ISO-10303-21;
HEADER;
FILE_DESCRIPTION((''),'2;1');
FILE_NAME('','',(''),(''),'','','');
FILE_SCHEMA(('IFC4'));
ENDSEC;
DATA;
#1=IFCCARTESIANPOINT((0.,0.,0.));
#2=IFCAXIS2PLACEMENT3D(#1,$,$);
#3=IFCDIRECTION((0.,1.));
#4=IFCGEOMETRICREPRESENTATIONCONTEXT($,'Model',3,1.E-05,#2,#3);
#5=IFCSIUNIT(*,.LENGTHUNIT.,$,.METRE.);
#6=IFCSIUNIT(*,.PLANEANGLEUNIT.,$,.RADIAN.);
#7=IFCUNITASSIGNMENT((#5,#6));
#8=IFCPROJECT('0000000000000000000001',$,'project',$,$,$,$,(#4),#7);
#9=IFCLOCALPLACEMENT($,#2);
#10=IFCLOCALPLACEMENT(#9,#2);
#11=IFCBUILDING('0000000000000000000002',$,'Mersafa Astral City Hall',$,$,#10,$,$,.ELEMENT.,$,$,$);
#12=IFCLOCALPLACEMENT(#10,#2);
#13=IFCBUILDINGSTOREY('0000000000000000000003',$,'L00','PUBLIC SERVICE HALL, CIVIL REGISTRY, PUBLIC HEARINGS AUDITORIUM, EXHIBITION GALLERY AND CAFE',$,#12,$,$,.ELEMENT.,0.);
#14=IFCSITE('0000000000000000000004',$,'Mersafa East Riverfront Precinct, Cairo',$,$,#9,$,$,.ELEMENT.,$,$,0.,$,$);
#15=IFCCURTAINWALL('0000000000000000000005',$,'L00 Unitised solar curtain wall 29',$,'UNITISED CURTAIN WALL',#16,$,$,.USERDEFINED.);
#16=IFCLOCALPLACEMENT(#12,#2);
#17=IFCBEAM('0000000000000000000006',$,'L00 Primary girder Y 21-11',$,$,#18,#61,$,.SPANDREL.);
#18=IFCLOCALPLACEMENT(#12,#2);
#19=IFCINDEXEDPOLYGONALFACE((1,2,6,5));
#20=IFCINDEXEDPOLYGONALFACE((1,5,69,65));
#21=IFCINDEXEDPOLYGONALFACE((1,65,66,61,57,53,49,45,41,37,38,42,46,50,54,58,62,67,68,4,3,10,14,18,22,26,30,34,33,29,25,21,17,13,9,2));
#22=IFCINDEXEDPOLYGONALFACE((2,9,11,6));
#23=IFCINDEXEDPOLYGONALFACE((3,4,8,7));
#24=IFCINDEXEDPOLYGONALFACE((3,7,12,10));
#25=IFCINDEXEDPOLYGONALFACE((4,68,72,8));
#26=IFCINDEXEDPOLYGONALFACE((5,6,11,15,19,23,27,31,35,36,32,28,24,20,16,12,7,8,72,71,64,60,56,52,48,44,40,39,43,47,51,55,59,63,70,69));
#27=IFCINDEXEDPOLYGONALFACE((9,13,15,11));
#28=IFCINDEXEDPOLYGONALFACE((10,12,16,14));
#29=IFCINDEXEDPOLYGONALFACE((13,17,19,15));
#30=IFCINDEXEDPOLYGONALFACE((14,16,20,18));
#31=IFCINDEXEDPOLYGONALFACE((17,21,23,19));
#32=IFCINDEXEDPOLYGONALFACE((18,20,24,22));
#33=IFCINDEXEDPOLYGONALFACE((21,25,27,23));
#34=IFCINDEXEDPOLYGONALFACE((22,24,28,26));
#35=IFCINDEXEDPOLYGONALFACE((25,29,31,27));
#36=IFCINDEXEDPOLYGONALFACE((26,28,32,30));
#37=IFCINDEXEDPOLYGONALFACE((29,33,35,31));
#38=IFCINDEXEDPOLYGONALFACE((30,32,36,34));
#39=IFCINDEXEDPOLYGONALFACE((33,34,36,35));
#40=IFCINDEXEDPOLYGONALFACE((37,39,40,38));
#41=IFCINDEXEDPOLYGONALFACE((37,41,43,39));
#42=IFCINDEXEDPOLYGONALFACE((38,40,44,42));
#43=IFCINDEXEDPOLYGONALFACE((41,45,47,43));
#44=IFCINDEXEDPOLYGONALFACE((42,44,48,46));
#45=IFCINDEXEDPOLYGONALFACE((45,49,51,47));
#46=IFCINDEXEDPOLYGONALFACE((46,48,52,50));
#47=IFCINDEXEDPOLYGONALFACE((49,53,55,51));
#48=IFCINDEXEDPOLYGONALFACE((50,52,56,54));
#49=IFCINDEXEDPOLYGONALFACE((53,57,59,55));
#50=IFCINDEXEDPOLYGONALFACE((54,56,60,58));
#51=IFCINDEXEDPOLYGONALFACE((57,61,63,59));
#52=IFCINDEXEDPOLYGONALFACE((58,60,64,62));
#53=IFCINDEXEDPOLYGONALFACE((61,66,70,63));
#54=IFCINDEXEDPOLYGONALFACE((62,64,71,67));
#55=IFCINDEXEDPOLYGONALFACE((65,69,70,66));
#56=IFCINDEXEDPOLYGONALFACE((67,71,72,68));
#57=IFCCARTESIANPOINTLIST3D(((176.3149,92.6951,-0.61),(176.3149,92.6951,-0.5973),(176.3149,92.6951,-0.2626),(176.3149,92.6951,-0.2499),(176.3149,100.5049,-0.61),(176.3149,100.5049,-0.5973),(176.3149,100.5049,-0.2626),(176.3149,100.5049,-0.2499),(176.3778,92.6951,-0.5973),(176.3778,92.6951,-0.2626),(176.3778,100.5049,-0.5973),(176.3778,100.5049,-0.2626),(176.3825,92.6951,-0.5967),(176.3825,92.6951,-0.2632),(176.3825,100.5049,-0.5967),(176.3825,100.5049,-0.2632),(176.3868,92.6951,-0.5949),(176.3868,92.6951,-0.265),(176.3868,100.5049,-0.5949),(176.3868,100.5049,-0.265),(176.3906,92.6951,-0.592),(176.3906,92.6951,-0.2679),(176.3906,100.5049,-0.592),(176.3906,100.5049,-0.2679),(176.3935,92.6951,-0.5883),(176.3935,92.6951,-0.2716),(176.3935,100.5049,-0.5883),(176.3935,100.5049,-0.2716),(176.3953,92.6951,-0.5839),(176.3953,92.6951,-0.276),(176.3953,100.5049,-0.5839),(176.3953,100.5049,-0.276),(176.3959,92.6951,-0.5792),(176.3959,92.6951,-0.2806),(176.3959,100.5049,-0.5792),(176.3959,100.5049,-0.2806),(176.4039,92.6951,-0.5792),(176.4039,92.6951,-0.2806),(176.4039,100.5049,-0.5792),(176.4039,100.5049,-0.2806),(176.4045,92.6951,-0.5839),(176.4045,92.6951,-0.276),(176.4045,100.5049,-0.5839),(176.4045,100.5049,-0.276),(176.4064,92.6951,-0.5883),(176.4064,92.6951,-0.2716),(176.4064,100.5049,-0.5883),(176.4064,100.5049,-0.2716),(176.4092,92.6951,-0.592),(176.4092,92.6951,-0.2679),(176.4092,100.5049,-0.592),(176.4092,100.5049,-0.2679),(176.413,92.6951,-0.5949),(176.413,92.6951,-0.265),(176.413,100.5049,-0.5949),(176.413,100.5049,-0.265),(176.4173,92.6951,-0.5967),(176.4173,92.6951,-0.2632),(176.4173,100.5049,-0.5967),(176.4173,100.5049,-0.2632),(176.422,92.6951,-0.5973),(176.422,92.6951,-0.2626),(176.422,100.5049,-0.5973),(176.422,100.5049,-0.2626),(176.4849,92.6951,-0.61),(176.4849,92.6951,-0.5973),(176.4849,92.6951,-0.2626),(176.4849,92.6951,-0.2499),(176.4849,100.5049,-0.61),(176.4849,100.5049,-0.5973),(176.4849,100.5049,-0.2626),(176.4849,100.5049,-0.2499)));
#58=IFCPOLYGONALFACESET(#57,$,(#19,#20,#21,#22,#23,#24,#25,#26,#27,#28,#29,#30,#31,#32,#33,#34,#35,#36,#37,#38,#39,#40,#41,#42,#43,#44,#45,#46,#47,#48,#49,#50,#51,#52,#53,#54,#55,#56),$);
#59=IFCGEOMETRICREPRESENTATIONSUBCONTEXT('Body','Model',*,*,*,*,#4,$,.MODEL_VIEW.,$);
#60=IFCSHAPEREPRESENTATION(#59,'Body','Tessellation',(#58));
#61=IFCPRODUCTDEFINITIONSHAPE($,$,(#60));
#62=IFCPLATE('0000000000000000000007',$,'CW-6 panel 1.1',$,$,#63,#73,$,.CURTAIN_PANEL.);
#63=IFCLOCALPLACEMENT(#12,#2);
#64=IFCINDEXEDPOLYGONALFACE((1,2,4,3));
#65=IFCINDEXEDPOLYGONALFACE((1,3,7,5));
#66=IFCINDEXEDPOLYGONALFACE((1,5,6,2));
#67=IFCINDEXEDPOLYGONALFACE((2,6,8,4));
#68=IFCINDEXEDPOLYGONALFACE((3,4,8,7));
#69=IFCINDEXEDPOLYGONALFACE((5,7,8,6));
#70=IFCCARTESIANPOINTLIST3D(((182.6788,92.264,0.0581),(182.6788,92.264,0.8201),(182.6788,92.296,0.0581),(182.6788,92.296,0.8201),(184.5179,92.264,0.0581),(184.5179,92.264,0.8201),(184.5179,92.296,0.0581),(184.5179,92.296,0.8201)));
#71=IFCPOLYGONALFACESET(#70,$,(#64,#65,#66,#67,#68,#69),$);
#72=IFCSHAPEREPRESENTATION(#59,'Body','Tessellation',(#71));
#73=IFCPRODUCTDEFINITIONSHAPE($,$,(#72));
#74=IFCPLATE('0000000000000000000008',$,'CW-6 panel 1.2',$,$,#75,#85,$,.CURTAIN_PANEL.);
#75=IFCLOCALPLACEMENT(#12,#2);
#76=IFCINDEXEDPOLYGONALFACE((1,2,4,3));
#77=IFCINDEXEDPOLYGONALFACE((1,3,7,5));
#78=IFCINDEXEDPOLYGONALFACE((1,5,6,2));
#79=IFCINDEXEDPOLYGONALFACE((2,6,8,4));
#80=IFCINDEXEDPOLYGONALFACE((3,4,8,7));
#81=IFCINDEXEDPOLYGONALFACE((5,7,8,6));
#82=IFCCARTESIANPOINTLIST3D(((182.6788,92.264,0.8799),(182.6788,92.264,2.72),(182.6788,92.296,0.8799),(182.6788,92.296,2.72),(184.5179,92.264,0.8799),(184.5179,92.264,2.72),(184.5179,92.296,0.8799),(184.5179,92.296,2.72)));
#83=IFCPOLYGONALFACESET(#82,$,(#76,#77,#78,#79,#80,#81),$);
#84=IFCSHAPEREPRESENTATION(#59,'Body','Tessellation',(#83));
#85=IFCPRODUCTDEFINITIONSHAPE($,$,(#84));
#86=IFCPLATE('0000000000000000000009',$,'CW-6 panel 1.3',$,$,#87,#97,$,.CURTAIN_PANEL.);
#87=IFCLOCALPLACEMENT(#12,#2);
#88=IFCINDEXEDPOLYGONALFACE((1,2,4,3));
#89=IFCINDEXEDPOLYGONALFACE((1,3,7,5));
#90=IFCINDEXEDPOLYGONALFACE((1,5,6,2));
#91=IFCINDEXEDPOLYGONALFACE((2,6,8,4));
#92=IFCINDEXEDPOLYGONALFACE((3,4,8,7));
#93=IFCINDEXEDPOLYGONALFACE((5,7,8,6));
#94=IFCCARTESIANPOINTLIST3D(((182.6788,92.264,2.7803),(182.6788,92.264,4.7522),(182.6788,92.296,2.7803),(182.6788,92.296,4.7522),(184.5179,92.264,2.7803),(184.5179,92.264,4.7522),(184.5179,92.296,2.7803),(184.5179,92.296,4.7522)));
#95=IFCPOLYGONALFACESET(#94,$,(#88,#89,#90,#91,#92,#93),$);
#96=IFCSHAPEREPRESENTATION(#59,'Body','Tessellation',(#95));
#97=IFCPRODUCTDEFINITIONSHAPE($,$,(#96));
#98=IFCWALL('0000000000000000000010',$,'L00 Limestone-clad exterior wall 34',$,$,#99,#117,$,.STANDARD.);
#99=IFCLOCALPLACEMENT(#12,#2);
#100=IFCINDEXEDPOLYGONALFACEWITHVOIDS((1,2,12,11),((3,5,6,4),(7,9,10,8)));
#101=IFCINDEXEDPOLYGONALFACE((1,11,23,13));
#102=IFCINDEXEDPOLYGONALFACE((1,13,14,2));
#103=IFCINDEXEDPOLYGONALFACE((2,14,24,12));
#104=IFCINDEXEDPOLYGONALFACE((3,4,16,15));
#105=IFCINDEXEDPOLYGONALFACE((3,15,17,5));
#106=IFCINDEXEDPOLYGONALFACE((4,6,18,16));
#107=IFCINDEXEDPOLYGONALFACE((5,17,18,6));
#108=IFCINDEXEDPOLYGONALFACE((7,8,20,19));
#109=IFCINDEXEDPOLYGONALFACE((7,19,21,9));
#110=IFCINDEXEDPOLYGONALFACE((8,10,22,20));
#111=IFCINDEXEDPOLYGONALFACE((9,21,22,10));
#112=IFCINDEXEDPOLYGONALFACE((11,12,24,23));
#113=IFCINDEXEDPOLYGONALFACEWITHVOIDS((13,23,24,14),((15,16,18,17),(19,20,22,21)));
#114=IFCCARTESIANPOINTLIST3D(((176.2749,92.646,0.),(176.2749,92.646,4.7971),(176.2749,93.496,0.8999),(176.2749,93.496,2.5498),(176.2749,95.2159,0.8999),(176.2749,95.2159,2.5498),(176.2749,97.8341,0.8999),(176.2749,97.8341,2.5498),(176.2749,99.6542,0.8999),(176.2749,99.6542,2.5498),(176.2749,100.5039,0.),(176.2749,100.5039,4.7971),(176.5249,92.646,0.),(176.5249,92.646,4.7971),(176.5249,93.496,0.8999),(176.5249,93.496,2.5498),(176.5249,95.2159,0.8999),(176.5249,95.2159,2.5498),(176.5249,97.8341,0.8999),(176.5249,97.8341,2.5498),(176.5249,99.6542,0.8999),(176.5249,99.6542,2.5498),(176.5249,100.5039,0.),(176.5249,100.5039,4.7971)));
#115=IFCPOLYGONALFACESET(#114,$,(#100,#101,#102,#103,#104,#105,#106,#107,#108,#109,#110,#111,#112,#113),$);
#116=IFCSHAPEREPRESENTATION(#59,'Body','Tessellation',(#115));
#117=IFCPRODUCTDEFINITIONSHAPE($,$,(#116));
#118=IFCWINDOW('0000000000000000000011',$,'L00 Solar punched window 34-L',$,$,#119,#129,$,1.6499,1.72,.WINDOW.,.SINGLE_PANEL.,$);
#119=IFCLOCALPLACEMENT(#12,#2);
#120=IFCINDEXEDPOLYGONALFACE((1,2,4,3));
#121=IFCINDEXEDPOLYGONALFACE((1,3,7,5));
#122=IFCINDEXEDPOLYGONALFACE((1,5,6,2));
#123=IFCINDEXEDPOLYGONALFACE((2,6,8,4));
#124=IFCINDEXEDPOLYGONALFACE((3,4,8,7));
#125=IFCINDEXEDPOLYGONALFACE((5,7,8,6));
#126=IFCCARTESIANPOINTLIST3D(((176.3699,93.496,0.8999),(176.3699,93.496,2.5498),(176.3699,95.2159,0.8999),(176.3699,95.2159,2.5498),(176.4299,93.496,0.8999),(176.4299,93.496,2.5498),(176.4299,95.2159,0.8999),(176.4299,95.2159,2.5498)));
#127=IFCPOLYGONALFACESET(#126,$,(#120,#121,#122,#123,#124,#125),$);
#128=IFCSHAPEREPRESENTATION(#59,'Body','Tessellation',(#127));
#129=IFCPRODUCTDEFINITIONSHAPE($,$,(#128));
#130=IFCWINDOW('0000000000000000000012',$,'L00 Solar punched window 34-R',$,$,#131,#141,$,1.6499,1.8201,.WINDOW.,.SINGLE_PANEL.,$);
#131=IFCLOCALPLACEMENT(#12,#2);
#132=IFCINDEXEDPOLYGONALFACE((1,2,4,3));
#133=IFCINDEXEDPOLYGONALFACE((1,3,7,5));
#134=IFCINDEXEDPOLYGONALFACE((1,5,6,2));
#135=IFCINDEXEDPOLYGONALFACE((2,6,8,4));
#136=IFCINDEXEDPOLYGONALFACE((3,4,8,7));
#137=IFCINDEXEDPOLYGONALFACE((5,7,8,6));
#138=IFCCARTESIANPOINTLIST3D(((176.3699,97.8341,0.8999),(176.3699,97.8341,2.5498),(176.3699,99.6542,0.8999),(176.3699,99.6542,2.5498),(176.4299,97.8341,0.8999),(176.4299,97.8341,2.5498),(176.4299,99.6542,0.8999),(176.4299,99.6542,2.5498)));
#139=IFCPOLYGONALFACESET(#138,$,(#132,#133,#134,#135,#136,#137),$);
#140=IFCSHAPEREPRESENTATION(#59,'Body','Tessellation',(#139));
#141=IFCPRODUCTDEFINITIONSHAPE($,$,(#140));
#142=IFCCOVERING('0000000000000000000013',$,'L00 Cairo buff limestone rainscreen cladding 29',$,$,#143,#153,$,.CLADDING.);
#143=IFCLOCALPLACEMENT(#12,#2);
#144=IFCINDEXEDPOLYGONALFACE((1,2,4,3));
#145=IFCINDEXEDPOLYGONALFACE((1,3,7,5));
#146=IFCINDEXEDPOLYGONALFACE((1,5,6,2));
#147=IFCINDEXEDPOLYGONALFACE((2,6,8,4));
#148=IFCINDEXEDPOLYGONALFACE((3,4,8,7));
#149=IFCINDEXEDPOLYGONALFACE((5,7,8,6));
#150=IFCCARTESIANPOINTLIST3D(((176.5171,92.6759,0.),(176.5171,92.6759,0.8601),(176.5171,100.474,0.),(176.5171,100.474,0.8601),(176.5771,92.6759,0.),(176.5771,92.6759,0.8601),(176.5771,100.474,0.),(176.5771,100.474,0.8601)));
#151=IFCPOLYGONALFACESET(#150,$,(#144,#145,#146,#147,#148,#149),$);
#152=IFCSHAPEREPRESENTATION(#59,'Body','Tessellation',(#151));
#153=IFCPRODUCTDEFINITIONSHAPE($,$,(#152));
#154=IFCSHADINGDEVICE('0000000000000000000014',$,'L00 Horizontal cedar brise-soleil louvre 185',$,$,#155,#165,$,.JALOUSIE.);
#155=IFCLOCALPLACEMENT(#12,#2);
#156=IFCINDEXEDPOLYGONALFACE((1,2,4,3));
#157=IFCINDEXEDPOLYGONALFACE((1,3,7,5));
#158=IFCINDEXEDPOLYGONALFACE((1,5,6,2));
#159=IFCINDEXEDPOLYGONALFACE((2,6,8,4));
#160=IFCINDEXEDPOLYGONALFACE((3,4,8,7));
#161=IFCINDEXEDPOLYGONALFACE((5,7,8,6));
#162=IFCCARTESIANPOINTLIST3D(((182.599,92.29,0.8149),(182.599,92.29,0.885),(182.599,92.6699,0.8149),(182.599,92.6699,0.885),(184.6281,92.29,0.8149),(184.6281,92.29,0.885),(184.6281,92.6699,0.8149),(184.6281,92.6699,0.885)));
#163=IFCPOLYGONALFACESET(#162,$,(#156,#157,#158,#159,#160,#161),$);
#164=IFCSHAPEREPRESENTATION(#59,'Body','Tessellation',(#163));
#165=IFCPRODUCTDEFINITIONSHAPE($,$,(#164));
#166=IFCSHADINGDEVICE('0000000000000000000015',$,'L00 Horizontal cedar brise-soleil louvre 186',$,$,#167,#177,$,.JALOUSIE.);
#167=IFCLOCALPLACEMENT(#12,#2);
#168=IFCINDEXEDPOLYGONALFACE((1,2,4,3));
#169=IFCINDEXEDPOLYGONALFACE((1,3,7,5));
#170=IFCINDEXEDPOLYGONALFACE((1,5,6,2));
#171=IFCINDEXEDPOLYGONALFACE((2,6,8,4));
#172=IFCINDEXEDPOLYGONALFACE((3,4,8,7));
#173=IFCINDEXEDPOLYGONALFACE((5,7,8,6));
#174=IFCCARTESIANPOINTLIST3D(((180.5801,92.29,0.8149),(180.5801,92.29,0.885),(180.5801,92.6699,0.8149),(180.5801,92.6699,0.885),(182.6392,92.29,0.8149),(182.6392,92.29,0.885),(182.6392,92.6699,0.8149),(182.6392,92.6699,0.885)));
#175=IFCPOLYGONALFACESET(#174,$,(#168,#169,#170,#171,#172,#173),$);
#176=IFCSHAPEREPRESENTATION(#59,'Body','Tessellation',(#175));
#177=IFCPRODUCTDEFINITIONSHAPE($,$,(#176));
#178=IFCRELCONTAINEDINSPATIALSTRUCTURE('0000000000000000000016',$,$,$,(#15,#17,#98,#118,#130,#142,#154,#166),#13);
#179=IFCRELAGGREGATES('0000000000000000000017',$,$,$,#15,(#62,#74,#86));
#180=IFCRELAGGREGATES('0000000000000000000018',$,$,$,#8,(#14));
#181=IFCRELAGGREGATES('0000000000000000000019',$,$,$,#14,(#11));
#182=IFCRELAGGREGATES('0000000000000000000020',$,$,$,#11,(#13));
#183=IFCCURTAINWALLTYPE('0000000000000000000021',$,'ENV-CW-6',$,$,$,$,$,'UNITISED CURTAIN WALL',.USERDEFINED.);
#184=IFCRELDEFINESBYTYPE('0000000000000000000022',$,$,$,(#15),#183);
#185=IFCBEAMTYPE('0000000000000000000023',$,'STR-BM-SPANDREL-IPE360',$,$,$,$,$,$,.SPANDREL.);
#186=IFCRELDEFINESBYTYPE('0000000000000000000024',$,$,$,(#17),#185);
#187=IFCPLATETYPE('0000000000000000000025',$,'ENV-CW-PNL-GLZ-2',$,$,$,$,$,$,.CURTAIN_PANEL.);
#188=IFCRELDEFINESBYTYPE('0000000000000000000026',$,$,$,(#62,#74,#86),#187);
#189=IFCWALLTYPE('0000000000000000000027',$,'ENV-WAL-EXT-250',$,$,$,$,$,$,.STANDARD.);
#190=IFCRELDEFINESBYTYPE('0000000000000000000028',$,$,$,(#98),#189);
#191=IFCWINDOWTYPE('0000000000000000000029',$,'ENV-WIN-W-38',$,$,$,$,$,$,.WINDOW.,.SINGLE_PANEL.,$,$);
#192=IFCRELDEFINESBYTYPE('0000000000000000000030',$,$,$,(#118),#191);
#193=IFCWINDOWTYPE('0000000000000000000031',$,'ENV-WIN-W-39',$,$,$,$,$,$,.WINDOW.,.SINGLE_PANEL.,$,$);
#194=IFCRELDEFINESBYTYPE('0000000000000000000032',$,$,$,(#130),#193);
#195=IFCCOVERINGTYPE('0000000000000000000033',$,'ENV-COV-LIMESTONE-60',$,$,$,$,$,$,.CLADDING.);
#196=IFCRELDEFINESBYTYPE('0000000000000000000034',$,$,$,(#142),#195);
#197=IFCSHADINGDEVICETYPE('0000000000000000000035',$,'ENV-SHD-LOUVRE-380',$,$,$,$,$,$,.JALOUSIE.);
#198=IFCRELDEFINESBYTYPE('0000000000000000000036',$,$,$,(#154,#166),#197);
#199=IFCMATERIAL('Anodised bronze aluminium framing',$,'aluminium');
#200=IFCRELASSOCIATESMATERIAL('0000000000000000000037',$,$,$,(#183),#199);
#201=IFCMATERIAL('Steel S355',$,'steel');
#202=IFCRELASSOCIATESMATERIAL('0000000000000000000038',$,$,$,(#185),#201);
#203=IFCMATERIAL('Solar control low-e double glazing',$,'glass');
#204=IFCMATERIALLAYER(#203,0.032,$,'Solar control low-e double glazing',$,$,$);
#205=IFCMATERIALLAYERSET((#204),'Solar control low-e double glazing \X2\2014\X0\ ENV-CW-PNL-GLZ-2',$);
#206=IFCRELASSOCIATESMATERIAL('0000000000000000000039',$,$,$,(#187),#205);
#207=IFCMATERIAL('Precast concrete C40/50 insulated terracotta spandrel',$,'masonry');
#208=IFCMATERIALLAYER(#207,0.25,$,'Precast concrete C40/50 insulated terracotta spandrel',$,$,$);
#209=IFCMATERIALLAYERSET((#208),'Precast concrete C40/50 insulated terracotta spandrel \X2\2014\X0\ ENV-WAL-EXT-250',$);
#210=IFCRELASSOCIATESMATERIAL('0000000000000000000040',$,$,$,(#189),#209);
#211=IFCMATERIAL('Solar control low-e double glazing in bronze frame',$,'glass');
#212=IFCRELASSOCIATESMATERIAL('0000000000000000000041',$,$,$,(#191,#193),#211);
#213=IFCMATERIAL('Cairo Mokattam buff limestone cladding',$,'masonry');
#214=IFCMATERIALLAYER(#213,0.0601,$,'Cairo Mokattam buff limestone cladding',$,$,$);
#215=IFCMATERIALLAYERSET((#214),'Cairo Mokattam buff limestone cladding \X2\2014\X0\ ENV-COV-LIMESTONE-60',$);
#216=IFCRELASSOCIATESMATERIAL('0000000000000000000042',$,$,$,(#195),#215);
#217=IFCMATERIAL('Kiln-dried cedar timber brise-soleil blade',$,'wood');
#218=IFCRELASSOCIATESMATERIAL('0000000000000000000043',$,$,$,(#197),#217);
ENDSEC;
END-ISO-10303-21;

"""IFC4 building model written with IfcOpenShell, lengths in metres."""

from ifc_helpers import new_model, si_unit, direction, frame, frame_2d, origin, origin_2d, place, context, subcontext, project, spatial, rectangle, i_section, extrude, material, layer, layer_set, material_profile, profile_set, type_object, element, fill, aggregate, save


model = new_model("IFC4")

# Units and contexts
model_context = context("Model", 3, precision=1e-05, world=origin(), true_north=direction((0.0, 1.0)))
body_context = subcontext(model_context, "Body", "Model", "MODEL_VIEW")
ifc_project = project(units=[si_unit("LENGTHUNIT", "METRE"), si_unit("PLANEANGLEUNIT", "RADIAN")], contexts=[model_context])

# Site, building, storey
site_placement = place(None, origin())
site = spatial("IfcSite", under=ifc_project, at=site_placement, Name="Mersafa East Riverfront Precinct, Cairo", CompositionType="ELEMENT", RefElevation=0.0)
building_placement = place(site_placement, origin())
building = spatial("IfcBuilding", under=site, at=building_placement, Name="Mersafa Astral City Hall", CompositionType="ELEMENT")
storey_placement = place(building_placement, origin())
storey = spatial("IfcBuildingStorey", under=building, at=storey_placement, Name="L00", Description="PUBLIC SERVICE HALL, CIVIL REGISTRY, PUBLIC HEARINGS AUDITORIUM, EXHIBITION GALLERY AND CAFE", CompositionType="ELEMENT", Elevation=0.0)

# Shared definitions
ifc_material_1 = material(Name="Steel S355", Category="steel")

# Curtain wall
ifc_material_2 = material(Name="Anodised bronze aluminium framing", Category="aluminium")
curtain_wall_type = type_object("IfcCurtainWallType", Name="ENV-CW-6", ElementType="UNITISED CURTAIN WALL", PredefinedType="USERDEFINED", material=ifc_material_2)
curtain_wall_placement = place(storey_placement, origin())
curtain_wall = element("IfcCurtainWall", 1, at=curtain_wall_placement, inside=storey, type_object=curtain_wall_type, Name="L00 Unitised solar curtain wall 29", ObjectType="UNITISED CURTAIN WALL", PredefinedType="USERDEFINED")

# Beam
ifc_material_profile_1 = material_profile(ifc_material_1, i_section(OverallWidth=0.1699, OverallDepth=0.3601, WebThickness=0.0081, FlangeThickness=0.0127, FilletRadius=0.0181, at=origin_2d()), Name="IPE 360")
ifc_profile_set_1 = profile_set([ifc_material_profile_1], Name="Steel S355")
beam_type = type_object("IfcBeamType", Name="STR-BM-SPANDREL-IPE360", PredefinedType="SPANDREL", material=ifc_profile_set_1)
beam_1_placement = place(storey_placement, frame((176.3999, 92.6951, -0.4299), z_axis=(0.0, 1.0, 0.0), x_axis=(-1.0, 0.0, 0.0)))
element("IfcBeam", 2, at=beam_1_placement, inside=storey, type_object=beam_type, Name="L00 Primary girder Y 21-11", PredefinedType="SPANDREL", context=body_context, shape_type="SweptSolid", body=[
    extrude(i_section(OverallWidth=0.1699, OverallDepth=0.3601, WebThickness=0.0081, FlangeThickness=0.0127, FilletRadius=0.0181, at=origin_2d()), origin(), (0.0, 0.0, 1.0), 7.8098),
])

# Plates
ifc_material_3 = material(Name="Solar control low-e double glazing", Category="glass")
ifc_layer_1 = layer(ifc_material_3, 0.032, Name="Solar control low-e double glazing")
ifc_layer_set_1 = layer_set([ifc_layer_1], Name="Solar control low-e double glazing — ENV-CW-PNL-GLZ-2")
plate_type = type_object("IfcPlateType", Name="ENV-CW-PNL-GLZ-2", PredefinedType="CURTAIN_PANEL", material=ifc_layer_set_1)
plate_1_placement = place(storey_placement, frame((183.5984, 92.28, 0.0581), z_axis=(0.0, 0.0, 1.0), x_axis=(-1.0, 0.0, 0.0)))
plate_1 = element("IfcPlate", 3, at=plate_1_placement, type_object=plate_type, Name="CW-6 panel 1.1", PredefinedType="CURTAIN_PANEL", context=body_context, shape_type="SweptSolid", body=[
    extrude(rectangle(XDim=1.8391, YDim=0.032, at=origin_2d()), origin(), (0.0, 0.0, 1.0), 0.762),
])
plate_2_placement = place(storey_placement, frame((183.5984, 92.28, 0.8799), z_axis=(0.0, 0.0, 1.0), x_axis=(-1.0, 0.0, 0.0)))
plate_2 = element("IfcPlate", 4, at=plate_2_placement, type_object=plate_type, Name="CW-6 panel 1.2", PredefinedType="CURTAIN_PANEL", context=body_context, shape_type="SweptSolid", body=[
    extrude(rectangle(XDim=1.8391, YDim=0.032, at=origin_2d()), origin(), (0.0, 0.0, 1.0), 1.8401),
])
plate_3_placement = place(storey_placement, frame((183.5984, 92.28, 2.7803), z_axis=(0.0, 0.0, 1.0), x_axis=(-1.0, 0.0, 0.0)))
plate_3 = element("IfcPlate", 5, at=plate_3_placement, type_object=plate_type, Name="CW-6 panel 1.3", PredefinedType="CURTAIN_PANEL", context=body_context, shape_type="SweptSolid", body=[
    extrude(rectangle(XDim=1.8391, YDim=0.032, at=origin_2d()), origin(), (0.0, 0.0, 1.0), 1.9719),
])
aggregate(curtain_wall, [plate_1, plate_2, plate_3])

# Wall, openings, windows
ifc_material_4 = material(Name="Precast concrete C40/50 insulated terracotta spandrel", Category="masonry")
ifc_layer_2 = layer(ifc_material_4, 0.25, Name="Precast concrete C40/50 insulated terracotta spandrel")
ifc_layer_set_2 = layer_set([ifc_layer_2], Name="Precast concrete C40/50 insulated terracotta spandrel — ENV-WAL-EXT-250")
wall_type = type_object("IfcWallType", Name="ENV-WAL-EXT-250", PredefinedType="STANDARD", material=ifc_layer_set_2)
wall_placement = place(storey_placement, frame((176.3999, 92.646, 0.0), z_axis=(0.0, 0.0, 1.0), x_axis=(0.0, 1.0, 0.0)))
wall = element("IfcWall", 6, at=wall_placement, inside=storey, type_object=wall_type, Name="L00 Limestone-clad exterior wall 34", PredefinedType="STANDARD", context=body_context, shape_type="SweptSolid", body=[
    extrude(rectangle(XDim=7.8579, YDim=0.25, at=frame_2d((3.929, 0.0))), origin(), (0.0, 0.0, 1.0), 4.7971),
])
opening_1_placement = place(wall_placement, frame((0.8501, 0.0, 0.8999)))
opening_1 = element("IfcOpeningElement", 7, at=opening_1_placement, cuts=wall, PredefinedType="OPENING", context=body_context, shape_type="SweptSolid", body=[
    extrude(rectangle(XDim=1.72, YDim=1.6499, at=frame_2d((0.8599, 0.825))), frame((0.0, 0.135, 0.0), z_axis=(0.0, -1.0, 0.0), x_axis=(1.0, 0.0, 0.0)), (0.0, 0.0, 1.0), 0.27),
])
opening_2_placement = place(wall_placement, frame((5.188, 0.0, 0.8999)))
opening_2 = element("IfcOpeningElement", 8, at=opening_2_placement, cuts=wall, PredefinedType="OPENING", context=body_context, shape_type="SweptSolid", body=[
    extrude(rectangle(XDim=1.8201, YDim=1.6499, at=frame_2d((0.9102, 0.825))), frame((0.0, 0.135, 0.0), z_axis=(0.0, -1.0, 0.0), x_axis=(1.0, 0.0, 0.0)), (0.0, 0.0, 1.0), 0.27),
])
ifc_material_5 = material(Name="Solar control low-e double glazing in bronze frame", Category="glass")
window_type_1 = type_object("IfcWindowType", Name="ENV-WIN-W-38", PartitioningType="SINGLE_PANEL", PredefinedType="WINDOW", material=ifc_material_5)
window_1_placement = place(opening_1_placement, origin())
window_1 = element("IfcWindow", 9, at=window_1_placement, inside=storey, type_object=window_type_1, Name="L00 Solar punched window 34-L", OverallHeight=1.6499, OverallWidth=1.72, PartitioningType="SINGLE_PANEL", PredefinedType="WINDOW", context=body_context, shape_type="SweptSolid", body=[
    extrude(rectangle(XDim=1.72, YDim=1.6499, at=frame_2d((0.8599, 0.825))), frame((0.0, 0.03, 0.0), z_axis=(0.0, -1.0, 0.0), x_axis=(1.0, 0.0, 0.0)), (0.0, 0.0, 1.0), 0.0601),
])
fill(opening_1, window_1)
window_type_2 = type_object("IfcWindowType", Name="ENV-WIN-W-39", PartitioningType="SINGLE_PANEL", PredefinedType="WINDOW", material=ifc_material_5)
window_2_placement = place(opening_2_placement, origin())
window_2 = element("IfcWindow", 10, at=window_2_placement, inside=storey, type_object=window_type_2, Name="L00 Solar punched window 34-R", OverallHeight=1.6499, OverallWidth=1.8201, PartitioningType="SINGLE_PANEL", PredefinedType="WINDOW", context=body_context, shape_type="SweptSolid", body=[
    extrude(rectangle(XDim=1.8201, YDim=1.6499, at=frame_2d((0.9102, 0.825))), frame((0.0, 0.03, 0.0), z_axis=(0.0, -1.0, 0.0), x_axis=(1.0, 0.0, 0.0)), (0.0, 0.0, 1.0), 0.0601),
])
fill(opening_2, window_2)

# Covering
ifc_material_6 = material(Name="Cairo Mokattam buff limestone cladding", Category="masonry")
ifc_layer_3 = layer(ifc_material_6, 0.0601, Name="Cairo Mokattam buff limestone cladding")
ifc_layer_set_3 = layer_set([ifc_layer_3], Name="Cairo Mokattam buff limestone cladding — ENV-COV-LIMESTONE-60")
covering_type = type_object("IfcCoveringType", Name="ENV-COV-LIMESTONE-60", PredefinedType="CLADDING", material=ifc_layer_set_3)
covering_placement = place(storey_placement, frame((176.5471, 96.575, 0.0), z_axis=(0.0, 0.0, 1.0), x_axis=(0.0, 1.0, 0.0)))
element("IfcCovering", 11, at=covering_placement, inside=storey, type_object=covering_type, Name="L00 Cairo buff limestone rainscreen cladding 29", PredefinedType="CLADDING", context=body_context, shape_type="SweptSolid", body=[
    extrude(rectangle(XDim=7.7981, YDim=0.0601, at=origin_2d()), origin(), (0.0, 0.0, 1.0), 0.8601),
])

# Shading devices
ifc_material_7 = material(Name="Kiln-dried cedar timber brise-soleil blade", Category="wood")
shading_device_type = type_object("IfcShadingDeviceType", Name="ENV-SHD-LOUVRE-380", PredefinedType="JALOUSIE", material=ifc_material_7)
shading_device_1_placement = place(storey_placement, frame((183.6135, 92.48, 0.8149), z_axis=(0.0, 0.0, 1.0), x_axis=(-1.0, 0.0, 0.0)))
element("IfcShadingDevice", 12, at=shading_device_1_placement, inside=storey, type_object=shading_device_type, Name="L00 Horizontal cedar brise-soleil louvre 185", PredefinedType="JALOUSIE", context=body_context, shape_type="SweptSolid", body=[
    extrude(rectangle(XDim=2.0291, YDim=0.3799, at=origin_2d()), origin(), (0.0, 0.0, 1.0), 0.0701),
])
for number, where, z_axis, x_axis, name in (
    (13, (181.6096, 92.48, 0.8149), (0.0, 0.0, 1.0), (-1.0, 0.0, 0.0), "L00 Horizontal cedar brise-soleil louvre 186"),
):
    element("IfcShadingDevice", number, at=place(storey_placement, frame(where, z_axis=z_axis, x_axis=x_axis)), inside=storey, type_object=shading_device_type, Name=name, PredefinedType="JALOUSIE", context=body_context, shape_type="SweptSolid", body=[
        extrude(rectangle(XDim=2.0591, YDim=0.3799, at=origin_2d()), origin(), (0.0, 0.0, 1.0), 0.0701),
    ])

save(model, "model.ifc")
